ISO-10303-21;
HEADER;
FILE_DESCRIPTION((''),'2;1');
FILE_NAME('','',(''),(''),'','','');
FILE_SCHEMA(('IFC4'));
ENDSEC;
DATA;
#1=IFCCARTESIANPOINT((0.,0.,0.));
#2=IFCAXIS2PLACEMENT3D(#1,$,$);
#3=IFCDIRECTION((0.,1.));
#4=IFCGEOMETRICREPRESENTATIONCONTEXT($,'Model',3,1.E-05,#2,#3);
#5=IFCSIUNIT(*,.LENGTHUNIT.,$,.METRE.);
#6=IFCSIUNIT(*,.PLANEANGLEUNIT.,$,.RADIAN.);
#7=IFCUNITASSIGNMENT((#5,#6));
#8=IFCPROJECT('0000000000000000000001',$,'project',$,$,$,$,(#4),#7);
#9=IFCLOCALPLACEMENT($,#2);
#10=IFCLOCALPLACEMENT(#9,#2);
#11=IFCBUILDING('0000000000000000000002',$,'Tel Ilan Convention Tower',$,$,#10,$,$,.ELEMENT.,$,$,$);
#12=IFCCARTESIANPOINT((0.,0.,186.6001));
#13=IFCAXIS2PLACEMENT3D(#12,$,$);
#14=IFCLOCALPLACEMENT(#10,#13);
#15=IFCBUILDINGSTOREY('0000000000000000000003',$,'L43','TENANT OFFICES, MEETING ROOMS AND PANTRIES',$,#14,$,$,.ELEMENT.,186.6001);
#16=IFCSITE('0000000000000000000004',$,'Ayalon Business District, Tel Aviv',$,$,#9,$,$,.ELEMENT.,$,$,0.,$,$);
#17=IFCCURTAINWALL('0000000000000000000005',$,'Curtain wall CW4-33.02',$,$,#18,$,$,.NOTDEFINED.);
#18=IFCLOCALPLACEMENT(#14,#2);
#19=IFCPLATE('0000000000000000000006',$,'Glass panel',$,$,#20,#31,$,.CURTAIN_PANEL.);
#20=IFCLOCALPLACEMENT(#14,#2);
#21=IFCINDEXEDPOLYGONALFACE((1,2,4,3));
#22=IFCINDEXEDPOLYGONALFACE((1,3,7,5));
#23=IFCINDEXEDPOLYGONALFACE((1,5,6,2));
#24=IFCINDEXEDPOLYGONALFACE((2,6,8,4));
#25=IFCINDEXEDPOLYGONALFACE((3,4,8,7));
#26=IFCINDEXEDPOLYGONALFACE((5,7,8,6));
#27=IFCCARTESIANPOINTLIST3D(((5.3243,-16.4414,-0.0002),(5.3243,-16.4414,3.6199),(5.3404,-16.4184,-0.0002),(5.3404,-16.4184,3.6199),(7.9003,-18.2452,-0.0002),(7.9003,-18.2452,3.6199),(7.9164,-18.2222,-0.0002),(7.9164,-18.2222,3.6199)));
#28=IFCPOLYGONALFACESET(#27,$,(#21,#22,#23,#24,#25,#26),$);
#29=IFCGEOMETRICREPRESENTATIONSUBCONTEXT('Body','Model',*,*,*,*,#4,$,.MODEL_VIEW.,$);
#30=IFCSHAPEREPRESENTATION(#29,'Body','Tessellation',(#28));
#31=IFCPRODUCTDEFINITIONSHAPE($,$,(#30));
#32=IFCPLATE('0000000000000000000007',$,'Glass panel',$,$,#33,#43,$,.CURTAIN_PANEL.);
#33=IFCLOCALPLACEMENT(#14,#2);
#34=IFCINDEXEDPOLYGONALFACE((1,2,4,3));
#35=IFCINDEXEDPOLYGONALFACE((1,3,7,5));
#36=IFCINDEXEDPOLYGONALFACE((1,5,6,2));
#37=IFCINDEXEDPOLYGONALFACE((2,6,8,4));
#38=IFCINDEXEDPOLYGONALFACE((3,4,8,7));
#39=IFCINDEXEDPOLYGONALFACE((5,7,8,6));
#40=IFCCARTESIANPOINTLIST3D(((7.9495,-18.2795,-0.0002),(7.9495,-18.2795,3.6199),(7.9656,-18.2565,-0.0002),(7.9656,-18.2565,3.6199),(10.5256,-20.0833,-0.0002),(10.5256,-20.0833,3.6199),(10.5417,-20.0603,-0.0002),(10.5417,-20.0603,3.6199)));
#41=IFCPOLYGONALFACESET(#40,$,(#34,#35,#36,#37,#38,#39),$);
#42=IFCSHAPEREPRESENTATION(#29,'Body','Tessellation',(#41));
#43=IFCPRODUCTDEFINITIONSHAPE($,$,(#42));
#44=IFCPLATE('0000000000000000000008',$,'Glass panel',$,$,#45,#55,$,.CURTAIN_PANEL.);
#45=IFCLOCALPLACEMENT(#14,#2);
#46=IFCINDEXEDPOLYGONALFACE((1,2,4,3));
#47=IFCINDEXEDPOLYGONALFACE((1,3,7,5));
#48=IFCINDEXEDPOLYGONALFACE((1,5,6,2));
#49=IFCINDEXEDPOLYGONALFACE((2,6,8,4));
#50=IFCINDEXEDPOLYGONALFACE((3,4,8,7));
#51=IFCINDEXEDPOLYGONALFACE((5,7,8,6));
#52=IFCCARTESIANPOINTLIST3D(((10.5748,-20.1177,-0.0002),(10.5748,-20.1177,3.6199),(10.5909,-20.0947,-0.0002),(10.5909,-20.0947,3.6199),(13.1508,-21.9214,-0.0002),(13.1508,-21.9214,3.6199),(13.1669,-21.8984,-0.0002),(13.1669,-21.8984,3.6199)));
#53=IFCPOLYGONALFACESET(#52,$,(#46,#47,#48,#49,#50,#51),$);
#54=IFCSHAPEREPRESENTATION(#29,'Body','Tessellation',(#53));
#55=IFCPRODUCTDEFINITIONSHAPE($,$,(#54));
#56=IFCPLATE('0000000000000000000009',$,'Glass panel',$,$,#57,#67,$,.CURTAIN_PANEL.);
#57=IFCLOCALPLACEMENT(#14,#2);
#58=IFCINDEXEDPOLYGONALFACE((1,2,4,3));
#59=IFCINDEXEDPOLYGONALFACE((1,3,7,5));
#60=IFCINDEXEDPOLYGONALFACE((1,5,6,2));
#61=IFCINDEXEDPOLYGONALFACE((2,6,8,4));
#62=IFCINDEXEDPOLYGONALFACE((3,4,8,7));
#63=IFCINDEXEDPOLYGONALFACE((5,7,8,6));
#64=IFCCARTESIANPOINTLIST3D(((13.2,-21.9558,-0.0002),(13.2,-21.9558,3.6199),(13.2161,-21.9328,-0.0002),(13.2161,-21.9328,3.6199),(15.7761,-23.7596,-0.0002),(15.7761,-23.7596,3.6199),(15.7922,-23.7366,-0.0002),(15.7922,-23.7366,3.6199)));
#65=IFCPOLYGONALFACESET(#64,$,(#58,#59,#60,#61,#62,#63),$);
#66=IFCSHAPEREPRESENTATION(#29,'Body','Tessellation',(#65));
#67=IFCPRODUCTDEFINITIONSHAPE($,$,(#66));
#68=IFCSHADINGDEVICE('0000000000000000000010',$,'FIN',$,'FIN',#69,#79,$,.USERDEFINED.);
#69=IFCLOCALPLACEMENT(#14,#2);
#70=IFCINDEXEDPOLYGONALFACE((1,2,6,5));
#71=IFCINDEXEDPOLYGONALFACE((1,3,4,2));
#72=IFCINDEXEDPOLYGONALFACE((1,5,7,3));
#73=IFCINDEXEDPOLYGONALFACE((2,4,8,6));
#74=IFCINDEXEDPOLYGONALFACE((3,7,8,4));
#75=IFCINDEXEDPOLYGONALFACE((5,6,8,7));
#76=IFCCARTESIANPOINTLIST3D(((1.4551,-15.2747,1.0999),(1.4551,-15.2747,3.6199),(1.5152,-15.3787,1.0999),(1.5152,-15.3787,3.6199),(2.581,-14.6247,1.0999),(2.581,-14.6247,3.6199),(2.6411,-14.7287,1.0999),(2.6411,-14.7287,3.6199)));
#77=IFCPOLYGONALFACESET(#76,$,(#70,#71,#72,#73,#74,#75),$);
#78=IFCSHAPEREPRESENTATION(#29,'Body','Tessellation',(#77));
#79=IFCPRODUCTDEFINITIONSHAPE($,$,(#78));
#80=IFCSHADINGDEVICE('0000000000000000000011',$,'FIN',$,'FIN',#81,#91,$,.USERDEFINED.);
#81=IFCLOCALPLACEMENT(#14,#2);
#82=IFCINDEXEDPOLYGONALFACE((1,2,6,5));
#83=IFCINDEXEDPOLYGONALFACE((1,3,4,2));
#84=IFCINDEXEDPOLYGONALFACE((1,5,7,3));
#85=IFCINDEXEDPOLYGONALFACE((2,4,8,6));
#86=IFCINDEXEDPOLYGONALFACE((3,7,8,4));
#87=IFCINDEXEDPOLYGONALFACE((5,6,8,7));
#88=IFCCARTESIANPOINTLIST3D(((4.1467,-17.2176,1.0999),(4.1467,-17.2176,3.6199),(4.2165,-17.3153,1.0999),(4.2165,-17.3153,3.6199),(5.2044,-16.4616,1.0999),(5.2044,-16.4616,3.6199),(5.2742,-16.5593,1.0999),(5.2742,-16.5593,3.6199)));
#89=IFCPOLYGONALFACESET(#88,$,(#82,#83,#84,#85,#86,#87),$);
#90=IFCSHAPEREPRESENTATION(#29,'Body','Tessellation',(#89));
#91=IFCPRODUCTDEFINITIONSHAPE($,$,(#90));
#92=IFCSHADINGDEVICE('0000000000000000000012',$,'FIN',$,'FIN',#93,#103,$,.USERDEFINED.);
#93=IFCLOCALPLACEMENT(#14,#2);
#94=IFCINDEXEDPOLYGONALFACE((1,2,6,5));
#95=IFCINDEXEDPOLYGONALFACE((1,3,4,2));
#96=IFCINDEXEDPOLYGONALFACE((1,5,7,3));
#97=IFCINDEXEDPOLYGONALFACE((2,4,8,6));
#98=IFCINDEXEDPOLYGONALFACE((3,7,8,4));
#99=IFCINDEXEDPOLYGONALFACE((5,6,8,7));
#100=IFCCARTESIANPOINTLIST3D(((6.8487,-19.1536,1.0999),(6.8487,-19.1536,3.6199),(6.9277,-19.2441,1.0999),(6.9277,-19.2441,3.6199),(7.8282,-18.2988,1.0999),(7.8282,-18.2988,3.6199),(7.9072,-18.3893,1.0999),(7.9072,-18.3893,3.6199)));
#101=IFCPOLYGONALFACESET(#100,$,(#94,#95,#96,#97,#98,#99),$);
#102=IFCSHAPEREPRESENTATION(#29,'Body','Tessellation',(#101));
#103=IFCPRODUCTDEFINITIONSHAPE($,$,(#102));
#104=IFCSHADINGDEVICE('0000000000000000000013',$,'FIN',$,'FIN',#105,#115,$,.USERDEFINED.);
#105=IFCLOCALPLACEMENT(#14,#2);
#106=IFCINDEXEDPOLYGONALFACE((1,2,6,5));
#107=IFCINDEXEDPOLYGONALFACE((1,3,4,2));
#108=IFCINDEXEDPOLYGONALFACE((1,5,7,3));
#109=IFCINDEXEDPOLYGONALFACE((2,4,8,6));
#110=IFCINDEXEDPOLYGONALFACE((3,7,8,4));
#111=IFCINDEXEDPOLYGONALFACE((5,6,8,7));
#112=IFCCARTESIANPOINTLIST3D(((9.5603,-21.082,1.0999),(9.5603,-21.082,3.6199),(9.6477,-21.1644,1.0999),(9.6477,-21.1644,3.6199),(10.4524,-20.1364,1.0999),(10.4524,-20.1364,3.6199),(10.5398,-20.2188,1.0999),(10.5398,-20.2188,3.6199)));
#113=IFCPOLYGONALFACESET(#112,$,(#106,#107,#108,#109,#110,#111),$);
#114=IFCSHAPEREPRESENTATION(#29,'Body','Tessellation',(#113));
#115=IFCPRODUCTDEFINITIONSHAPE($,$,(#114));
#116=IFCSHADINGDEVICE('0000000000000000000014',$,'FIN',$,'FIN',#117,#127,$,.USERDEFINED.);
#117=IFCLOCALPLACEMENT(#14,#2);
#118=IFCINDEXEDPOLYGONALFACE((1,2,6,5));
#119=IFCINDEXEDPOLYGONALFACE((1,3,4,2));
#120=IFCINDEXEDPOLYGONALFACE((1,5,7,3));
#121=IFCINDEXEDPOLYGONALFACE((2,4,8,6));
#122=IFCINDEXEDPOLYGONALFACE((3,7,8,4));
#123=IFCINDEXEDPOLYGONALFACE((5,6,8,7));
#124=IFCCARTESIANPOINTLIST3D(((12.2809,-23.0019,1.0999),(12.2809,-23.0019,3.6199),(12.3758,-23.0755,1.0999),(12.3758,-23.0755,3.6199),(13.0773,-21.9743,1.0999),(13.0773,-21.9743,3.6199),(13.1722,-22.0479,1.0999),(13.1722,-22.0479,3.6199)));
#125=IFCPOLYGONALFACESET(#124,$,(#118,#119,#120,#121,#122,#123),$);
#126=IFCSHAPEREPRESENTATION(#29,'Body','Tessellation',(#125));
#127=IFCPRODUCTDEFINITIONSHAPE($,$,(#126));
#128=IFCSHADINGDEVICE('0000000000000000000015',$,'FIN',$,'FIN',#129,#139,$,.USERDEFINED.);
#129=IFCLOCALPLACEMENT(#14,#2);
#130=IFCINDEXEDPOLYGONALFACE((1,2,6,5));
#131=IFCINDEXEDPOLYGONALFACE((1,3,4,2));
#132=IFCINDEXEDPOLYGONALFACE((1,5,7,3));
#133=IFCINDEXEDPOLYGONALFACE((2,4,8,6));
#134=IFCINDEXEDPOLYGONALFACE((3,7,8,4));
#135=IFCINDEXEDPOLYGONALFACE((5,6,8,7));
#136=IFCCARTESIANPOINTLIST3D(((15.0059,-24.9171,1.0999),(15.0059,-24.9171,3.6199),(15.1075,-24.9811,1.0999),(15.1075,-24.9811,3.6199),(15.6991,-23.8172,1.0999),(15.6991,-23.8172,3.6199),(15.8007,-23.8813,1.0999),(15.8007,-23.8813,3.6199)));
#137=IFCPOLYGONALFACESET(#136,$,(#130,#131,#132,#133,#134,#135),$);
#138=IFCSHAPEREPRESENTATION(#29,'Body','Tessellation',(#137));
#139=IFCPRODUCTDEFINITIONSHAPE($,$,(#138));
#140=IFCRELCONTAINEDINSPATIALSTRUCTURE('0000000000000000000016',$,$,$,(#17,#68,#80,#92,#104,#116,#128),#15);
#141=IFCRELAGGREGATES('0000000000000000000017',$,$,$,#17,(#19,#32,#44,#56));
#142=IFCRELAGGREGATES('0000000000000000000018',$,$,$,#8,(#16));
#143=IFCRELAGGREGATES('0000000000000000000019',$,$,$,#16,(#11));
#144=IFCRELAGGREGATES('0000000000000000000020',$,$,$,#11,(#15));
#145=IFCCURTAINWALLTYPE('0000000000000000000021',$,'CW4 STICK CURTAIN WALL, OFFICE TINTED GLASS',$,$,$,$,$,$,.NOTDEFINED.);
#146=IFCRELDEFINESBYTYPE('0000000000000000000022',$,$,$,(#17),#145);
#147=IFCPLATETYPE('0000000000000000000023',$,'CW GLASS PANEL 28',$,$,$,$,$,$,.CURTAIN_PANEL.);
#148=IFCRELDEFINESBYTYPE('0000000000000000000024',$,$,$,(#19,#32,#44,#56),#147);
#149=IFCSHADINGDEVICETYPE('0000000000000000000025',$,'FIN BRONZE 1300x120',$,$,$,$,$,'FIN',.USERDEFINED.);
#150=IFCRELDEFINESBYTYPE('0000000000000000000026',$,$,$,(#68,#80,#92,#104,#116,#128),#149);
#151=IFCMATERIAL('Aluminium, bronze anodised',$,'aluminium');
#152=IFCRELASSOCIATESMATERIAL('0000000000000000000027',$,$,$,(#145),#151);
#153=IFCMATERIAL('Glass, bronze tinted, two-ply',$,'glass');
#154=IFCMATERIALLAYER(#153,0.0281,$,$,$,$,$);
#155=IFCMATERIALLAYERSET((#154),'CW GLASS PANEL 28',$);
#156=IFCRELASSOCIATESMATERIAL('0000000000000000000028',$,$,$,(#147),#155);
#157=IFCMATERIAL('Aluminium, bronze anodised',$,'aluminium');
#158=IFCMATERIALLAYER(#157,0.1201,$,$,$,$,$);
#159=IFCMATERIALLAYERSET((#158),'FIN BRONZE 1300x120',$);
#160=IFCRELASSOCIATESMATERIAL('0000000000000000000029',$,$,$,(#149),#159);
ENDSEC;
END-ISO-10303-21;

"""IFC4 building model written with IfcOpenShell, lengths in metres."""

from ifc_helpers import new_model, si_unit, direction, frame, origin, origin_2d, place, context, subcontext, project, spatial, rectangle, extrude, material, layer, layer_set, type_object, element, aggregate, save


model = new_model("IFC4")

# Units and contexts
model_context = context("Model", 3, precision=1e-05, world=origin(), true_north=direction((0.0, 1.0)))
body_context = subcontext(model_context, "Body", "Model", "MODEL_VIEW")
ifc_project = project(units=[si_unit("LENGTHUNIT", "METRE"), si_unit("PLANEANGLEUNIT", "RADIAN")], contexts=[model_context])

# Site, building, storey
site_placement = place(None, origin())
site = spatial("IfcSite", under=ifc_project, at=site_placement, Name="Ayalon Business District, Tel Aviv", CompositionType="ELEMENT", RefElevation=0.0)
building_placement = place(site_placement, origin())
building = spatial("IfcBuilding", under=site, at=building_placement, Name="Tel Ilan Convention Tower", CompositionType="ELEMENT")
storey_placement = place(building_placement, frame((0.0, 0.0, 186.6001)))
storey = spatial("IfcBuildingStorey", under=building, at=storey_placement, Name="L43", Description="TENANT OFFICES, MEETING ROOMS AND PANTRIES", CompositionType="ELEMENT", Elevation=186.6001)

# Curtain wall, plates
ifc_material_1 = material(Name="Aluminium, bronze anodised", Category="aluminium")
curtain_wall_type = type_object("IfcCurtainWallType", Name="CW4 STICK CURTAIN WALL, OFFICE TINTED GLASS", PredefinedType="NOTDEFINED", material=ifc_material_1)
curtain_wall_placement = place(storey_placement, origin())
curtain_wall = element("IfcCurtainWall", 1, at=curtain_wall_placement, inside=storey, type_object=curtain_wall_type, Name="Curtain wall CW4-33.02", PredefinedType="NOTDEFINED")
ifc_material_2 = material(Name="Glass, bronze tinted, two-ply", Category="glass")
ifc_layer_1 = layer(ifc_material_2, 0.0281)
ifc_layer_set_1 = layer_set([ifc_layer_1], Name="CW GLASS PANEL 28")
plate_type = type_object("IfcPlateType", Name="CW GLASS PANEL 28", PredefinedType="CURTAIN_PANEL", material=ifc_layer_set_1)
plate_1_placement = place(storey_placement, frame((6.6204, -17.3318, -0.0002), z_axis=(0.0, 0.0, 1.0), x_axis=(0.819152, -0.573576, 0.0)))
plate_1 = element("IfcPlate", 2, at=plate_1_placement, type_object=plate_type, Name="Glass panel", PredefinedType="CURTAIN_PANEL", context=body_context, shape_type="SweptSolid", body=[
    extrude(rectangle(XDim=3.1448, YDim=0.0281, at=origin_2d()), origin(), (0.0, 0.0, 1.0), 3.6201),
])
plate_2_placement = place(storey_placement, frame((9.2456, -19.1699, -0.0002), z_axis=(0.0, 0.0, 1.0), x_axis=(0.819152, -0.573576, 0.0)))
plate_2 = element("IfcPlate", 3, at=plate_2_placement, type_object=plate_type, Name="Glass panel", PredefinedType="CURTAIN_PANEL", context=body_context, shape_type="SweptSolid", body=[
    extrude(rectangle(XDim=3.1448, YDim=0.0281, at=origin_2d()), origin(), (0.0, 0.0, 1.0), 3.6201),
])
plate_3_placement = place(storey_placement, frame((11.8708, -21.0081, -0.0002), z_axis=(0.0, 0.0, 1.0), x_axis=(0.819152, -0.573576, 0.0)))
plate_3 = element("IfcPlate", 4, at=plate_3_placement, type_object=plate_type, Name="Glass panel", PredefinedType="CURTAIN_PANEL", context=body_context, shape_type="SweptSolid", body=[
    extrude(rectangle(XDim=3.1448, YDim=0.0281, at=origin_2d()), origin(), (0.0, 0.0, 1.0), 3.6201),
])
plate_4_placement = place(storey_placement, frame((14.4961, -22.8462, -0.0002), z_axis=(0.0, 0.0, 1.0), x_axis=(0.819152, -0.573576, 0.0)))
plate_4 = element("IfcPlate", 5, at=plate_4_placement, type_object=plate_type, Name="Glass panel", PredefinedType="CURTAIN_PANEL", context=body_context, shape_type="SweptSolid", body=[
    extrude(rectangle(XDim=3.1448, YDim=0.0281, at=origin_2d()), origin(), (0.0, 0.0, 1.0), 3.6201),
])
aggregate(curtain_wall, [plate_1, plate_2, plate_3, plate_4])

# Shading devices
ifc_material_3 = material(Name="Aluminium, bronze anodised", Category="aluminium")
ifc_layer_2 = layer(ifc_material_3, 0.1201)
ifc_layer_set_2 = layer_set([ifc_layer_2], Name="FIN BRONZE 1300x120")
shading_device_type = type_object("IfcShadingDeviceType", Name="FIN BRONZE 1300x120", ElementType="FIN", PredefinedType="USERDEFINED", material=ifc_layer_set_2)
for number, where, z_axis, x_axis, name in (
    (6, (2.0481, -15.0017, 1.0999), (0.0, 0.0, 1.0), (-0.866025, -0.5, 0.0), "FIN"),
    (7, (4.7104, -16.8884, 1.0999), (0.0, 0.0, 1.0), (-0.813552, -0.581492, 0.0), "FIN"),
    (8, (7.3779, -18.7715, 1.0999), (0.0, 0.0, 1.0), (-0.753436, -0.657521, 0.0), "FIN"),
    (9, (10.05, -20.6504, 1.0999), (0.0, 0.0, 1.0), (-0.686242, -0.727374, 0.0), "FIN"),
    (10, (12.7266, -22.5249, 1.0999), (0.0, 0.0, 1.0), (-0.612601, -0.790393, 0.0), "FIN"),
    (11, (15.4033, -24.3992, 1.0999), (0.0, 0.0, 1.0), (-0.533204, -0.845986, 0.0), "FIN"),
):
    element("IfcShadingDevice", number, at=place(storey_placement, frame(where, z_axis=z_axis, x_axis=x_axis)), inside=storey, type_object=shading_device_type, Name=name, ObjectType="FIN", PredefinedType="USERDEFINED", context=body_context, shape_type="SweptSolid", body=[
        extrude(rectangle(XDim=1.3, YDim=0.1201, at=origin_2d()), origin(), (0.0, 0.0, 1.0), 2.52),
    ])

save(model, "model.ifc")
